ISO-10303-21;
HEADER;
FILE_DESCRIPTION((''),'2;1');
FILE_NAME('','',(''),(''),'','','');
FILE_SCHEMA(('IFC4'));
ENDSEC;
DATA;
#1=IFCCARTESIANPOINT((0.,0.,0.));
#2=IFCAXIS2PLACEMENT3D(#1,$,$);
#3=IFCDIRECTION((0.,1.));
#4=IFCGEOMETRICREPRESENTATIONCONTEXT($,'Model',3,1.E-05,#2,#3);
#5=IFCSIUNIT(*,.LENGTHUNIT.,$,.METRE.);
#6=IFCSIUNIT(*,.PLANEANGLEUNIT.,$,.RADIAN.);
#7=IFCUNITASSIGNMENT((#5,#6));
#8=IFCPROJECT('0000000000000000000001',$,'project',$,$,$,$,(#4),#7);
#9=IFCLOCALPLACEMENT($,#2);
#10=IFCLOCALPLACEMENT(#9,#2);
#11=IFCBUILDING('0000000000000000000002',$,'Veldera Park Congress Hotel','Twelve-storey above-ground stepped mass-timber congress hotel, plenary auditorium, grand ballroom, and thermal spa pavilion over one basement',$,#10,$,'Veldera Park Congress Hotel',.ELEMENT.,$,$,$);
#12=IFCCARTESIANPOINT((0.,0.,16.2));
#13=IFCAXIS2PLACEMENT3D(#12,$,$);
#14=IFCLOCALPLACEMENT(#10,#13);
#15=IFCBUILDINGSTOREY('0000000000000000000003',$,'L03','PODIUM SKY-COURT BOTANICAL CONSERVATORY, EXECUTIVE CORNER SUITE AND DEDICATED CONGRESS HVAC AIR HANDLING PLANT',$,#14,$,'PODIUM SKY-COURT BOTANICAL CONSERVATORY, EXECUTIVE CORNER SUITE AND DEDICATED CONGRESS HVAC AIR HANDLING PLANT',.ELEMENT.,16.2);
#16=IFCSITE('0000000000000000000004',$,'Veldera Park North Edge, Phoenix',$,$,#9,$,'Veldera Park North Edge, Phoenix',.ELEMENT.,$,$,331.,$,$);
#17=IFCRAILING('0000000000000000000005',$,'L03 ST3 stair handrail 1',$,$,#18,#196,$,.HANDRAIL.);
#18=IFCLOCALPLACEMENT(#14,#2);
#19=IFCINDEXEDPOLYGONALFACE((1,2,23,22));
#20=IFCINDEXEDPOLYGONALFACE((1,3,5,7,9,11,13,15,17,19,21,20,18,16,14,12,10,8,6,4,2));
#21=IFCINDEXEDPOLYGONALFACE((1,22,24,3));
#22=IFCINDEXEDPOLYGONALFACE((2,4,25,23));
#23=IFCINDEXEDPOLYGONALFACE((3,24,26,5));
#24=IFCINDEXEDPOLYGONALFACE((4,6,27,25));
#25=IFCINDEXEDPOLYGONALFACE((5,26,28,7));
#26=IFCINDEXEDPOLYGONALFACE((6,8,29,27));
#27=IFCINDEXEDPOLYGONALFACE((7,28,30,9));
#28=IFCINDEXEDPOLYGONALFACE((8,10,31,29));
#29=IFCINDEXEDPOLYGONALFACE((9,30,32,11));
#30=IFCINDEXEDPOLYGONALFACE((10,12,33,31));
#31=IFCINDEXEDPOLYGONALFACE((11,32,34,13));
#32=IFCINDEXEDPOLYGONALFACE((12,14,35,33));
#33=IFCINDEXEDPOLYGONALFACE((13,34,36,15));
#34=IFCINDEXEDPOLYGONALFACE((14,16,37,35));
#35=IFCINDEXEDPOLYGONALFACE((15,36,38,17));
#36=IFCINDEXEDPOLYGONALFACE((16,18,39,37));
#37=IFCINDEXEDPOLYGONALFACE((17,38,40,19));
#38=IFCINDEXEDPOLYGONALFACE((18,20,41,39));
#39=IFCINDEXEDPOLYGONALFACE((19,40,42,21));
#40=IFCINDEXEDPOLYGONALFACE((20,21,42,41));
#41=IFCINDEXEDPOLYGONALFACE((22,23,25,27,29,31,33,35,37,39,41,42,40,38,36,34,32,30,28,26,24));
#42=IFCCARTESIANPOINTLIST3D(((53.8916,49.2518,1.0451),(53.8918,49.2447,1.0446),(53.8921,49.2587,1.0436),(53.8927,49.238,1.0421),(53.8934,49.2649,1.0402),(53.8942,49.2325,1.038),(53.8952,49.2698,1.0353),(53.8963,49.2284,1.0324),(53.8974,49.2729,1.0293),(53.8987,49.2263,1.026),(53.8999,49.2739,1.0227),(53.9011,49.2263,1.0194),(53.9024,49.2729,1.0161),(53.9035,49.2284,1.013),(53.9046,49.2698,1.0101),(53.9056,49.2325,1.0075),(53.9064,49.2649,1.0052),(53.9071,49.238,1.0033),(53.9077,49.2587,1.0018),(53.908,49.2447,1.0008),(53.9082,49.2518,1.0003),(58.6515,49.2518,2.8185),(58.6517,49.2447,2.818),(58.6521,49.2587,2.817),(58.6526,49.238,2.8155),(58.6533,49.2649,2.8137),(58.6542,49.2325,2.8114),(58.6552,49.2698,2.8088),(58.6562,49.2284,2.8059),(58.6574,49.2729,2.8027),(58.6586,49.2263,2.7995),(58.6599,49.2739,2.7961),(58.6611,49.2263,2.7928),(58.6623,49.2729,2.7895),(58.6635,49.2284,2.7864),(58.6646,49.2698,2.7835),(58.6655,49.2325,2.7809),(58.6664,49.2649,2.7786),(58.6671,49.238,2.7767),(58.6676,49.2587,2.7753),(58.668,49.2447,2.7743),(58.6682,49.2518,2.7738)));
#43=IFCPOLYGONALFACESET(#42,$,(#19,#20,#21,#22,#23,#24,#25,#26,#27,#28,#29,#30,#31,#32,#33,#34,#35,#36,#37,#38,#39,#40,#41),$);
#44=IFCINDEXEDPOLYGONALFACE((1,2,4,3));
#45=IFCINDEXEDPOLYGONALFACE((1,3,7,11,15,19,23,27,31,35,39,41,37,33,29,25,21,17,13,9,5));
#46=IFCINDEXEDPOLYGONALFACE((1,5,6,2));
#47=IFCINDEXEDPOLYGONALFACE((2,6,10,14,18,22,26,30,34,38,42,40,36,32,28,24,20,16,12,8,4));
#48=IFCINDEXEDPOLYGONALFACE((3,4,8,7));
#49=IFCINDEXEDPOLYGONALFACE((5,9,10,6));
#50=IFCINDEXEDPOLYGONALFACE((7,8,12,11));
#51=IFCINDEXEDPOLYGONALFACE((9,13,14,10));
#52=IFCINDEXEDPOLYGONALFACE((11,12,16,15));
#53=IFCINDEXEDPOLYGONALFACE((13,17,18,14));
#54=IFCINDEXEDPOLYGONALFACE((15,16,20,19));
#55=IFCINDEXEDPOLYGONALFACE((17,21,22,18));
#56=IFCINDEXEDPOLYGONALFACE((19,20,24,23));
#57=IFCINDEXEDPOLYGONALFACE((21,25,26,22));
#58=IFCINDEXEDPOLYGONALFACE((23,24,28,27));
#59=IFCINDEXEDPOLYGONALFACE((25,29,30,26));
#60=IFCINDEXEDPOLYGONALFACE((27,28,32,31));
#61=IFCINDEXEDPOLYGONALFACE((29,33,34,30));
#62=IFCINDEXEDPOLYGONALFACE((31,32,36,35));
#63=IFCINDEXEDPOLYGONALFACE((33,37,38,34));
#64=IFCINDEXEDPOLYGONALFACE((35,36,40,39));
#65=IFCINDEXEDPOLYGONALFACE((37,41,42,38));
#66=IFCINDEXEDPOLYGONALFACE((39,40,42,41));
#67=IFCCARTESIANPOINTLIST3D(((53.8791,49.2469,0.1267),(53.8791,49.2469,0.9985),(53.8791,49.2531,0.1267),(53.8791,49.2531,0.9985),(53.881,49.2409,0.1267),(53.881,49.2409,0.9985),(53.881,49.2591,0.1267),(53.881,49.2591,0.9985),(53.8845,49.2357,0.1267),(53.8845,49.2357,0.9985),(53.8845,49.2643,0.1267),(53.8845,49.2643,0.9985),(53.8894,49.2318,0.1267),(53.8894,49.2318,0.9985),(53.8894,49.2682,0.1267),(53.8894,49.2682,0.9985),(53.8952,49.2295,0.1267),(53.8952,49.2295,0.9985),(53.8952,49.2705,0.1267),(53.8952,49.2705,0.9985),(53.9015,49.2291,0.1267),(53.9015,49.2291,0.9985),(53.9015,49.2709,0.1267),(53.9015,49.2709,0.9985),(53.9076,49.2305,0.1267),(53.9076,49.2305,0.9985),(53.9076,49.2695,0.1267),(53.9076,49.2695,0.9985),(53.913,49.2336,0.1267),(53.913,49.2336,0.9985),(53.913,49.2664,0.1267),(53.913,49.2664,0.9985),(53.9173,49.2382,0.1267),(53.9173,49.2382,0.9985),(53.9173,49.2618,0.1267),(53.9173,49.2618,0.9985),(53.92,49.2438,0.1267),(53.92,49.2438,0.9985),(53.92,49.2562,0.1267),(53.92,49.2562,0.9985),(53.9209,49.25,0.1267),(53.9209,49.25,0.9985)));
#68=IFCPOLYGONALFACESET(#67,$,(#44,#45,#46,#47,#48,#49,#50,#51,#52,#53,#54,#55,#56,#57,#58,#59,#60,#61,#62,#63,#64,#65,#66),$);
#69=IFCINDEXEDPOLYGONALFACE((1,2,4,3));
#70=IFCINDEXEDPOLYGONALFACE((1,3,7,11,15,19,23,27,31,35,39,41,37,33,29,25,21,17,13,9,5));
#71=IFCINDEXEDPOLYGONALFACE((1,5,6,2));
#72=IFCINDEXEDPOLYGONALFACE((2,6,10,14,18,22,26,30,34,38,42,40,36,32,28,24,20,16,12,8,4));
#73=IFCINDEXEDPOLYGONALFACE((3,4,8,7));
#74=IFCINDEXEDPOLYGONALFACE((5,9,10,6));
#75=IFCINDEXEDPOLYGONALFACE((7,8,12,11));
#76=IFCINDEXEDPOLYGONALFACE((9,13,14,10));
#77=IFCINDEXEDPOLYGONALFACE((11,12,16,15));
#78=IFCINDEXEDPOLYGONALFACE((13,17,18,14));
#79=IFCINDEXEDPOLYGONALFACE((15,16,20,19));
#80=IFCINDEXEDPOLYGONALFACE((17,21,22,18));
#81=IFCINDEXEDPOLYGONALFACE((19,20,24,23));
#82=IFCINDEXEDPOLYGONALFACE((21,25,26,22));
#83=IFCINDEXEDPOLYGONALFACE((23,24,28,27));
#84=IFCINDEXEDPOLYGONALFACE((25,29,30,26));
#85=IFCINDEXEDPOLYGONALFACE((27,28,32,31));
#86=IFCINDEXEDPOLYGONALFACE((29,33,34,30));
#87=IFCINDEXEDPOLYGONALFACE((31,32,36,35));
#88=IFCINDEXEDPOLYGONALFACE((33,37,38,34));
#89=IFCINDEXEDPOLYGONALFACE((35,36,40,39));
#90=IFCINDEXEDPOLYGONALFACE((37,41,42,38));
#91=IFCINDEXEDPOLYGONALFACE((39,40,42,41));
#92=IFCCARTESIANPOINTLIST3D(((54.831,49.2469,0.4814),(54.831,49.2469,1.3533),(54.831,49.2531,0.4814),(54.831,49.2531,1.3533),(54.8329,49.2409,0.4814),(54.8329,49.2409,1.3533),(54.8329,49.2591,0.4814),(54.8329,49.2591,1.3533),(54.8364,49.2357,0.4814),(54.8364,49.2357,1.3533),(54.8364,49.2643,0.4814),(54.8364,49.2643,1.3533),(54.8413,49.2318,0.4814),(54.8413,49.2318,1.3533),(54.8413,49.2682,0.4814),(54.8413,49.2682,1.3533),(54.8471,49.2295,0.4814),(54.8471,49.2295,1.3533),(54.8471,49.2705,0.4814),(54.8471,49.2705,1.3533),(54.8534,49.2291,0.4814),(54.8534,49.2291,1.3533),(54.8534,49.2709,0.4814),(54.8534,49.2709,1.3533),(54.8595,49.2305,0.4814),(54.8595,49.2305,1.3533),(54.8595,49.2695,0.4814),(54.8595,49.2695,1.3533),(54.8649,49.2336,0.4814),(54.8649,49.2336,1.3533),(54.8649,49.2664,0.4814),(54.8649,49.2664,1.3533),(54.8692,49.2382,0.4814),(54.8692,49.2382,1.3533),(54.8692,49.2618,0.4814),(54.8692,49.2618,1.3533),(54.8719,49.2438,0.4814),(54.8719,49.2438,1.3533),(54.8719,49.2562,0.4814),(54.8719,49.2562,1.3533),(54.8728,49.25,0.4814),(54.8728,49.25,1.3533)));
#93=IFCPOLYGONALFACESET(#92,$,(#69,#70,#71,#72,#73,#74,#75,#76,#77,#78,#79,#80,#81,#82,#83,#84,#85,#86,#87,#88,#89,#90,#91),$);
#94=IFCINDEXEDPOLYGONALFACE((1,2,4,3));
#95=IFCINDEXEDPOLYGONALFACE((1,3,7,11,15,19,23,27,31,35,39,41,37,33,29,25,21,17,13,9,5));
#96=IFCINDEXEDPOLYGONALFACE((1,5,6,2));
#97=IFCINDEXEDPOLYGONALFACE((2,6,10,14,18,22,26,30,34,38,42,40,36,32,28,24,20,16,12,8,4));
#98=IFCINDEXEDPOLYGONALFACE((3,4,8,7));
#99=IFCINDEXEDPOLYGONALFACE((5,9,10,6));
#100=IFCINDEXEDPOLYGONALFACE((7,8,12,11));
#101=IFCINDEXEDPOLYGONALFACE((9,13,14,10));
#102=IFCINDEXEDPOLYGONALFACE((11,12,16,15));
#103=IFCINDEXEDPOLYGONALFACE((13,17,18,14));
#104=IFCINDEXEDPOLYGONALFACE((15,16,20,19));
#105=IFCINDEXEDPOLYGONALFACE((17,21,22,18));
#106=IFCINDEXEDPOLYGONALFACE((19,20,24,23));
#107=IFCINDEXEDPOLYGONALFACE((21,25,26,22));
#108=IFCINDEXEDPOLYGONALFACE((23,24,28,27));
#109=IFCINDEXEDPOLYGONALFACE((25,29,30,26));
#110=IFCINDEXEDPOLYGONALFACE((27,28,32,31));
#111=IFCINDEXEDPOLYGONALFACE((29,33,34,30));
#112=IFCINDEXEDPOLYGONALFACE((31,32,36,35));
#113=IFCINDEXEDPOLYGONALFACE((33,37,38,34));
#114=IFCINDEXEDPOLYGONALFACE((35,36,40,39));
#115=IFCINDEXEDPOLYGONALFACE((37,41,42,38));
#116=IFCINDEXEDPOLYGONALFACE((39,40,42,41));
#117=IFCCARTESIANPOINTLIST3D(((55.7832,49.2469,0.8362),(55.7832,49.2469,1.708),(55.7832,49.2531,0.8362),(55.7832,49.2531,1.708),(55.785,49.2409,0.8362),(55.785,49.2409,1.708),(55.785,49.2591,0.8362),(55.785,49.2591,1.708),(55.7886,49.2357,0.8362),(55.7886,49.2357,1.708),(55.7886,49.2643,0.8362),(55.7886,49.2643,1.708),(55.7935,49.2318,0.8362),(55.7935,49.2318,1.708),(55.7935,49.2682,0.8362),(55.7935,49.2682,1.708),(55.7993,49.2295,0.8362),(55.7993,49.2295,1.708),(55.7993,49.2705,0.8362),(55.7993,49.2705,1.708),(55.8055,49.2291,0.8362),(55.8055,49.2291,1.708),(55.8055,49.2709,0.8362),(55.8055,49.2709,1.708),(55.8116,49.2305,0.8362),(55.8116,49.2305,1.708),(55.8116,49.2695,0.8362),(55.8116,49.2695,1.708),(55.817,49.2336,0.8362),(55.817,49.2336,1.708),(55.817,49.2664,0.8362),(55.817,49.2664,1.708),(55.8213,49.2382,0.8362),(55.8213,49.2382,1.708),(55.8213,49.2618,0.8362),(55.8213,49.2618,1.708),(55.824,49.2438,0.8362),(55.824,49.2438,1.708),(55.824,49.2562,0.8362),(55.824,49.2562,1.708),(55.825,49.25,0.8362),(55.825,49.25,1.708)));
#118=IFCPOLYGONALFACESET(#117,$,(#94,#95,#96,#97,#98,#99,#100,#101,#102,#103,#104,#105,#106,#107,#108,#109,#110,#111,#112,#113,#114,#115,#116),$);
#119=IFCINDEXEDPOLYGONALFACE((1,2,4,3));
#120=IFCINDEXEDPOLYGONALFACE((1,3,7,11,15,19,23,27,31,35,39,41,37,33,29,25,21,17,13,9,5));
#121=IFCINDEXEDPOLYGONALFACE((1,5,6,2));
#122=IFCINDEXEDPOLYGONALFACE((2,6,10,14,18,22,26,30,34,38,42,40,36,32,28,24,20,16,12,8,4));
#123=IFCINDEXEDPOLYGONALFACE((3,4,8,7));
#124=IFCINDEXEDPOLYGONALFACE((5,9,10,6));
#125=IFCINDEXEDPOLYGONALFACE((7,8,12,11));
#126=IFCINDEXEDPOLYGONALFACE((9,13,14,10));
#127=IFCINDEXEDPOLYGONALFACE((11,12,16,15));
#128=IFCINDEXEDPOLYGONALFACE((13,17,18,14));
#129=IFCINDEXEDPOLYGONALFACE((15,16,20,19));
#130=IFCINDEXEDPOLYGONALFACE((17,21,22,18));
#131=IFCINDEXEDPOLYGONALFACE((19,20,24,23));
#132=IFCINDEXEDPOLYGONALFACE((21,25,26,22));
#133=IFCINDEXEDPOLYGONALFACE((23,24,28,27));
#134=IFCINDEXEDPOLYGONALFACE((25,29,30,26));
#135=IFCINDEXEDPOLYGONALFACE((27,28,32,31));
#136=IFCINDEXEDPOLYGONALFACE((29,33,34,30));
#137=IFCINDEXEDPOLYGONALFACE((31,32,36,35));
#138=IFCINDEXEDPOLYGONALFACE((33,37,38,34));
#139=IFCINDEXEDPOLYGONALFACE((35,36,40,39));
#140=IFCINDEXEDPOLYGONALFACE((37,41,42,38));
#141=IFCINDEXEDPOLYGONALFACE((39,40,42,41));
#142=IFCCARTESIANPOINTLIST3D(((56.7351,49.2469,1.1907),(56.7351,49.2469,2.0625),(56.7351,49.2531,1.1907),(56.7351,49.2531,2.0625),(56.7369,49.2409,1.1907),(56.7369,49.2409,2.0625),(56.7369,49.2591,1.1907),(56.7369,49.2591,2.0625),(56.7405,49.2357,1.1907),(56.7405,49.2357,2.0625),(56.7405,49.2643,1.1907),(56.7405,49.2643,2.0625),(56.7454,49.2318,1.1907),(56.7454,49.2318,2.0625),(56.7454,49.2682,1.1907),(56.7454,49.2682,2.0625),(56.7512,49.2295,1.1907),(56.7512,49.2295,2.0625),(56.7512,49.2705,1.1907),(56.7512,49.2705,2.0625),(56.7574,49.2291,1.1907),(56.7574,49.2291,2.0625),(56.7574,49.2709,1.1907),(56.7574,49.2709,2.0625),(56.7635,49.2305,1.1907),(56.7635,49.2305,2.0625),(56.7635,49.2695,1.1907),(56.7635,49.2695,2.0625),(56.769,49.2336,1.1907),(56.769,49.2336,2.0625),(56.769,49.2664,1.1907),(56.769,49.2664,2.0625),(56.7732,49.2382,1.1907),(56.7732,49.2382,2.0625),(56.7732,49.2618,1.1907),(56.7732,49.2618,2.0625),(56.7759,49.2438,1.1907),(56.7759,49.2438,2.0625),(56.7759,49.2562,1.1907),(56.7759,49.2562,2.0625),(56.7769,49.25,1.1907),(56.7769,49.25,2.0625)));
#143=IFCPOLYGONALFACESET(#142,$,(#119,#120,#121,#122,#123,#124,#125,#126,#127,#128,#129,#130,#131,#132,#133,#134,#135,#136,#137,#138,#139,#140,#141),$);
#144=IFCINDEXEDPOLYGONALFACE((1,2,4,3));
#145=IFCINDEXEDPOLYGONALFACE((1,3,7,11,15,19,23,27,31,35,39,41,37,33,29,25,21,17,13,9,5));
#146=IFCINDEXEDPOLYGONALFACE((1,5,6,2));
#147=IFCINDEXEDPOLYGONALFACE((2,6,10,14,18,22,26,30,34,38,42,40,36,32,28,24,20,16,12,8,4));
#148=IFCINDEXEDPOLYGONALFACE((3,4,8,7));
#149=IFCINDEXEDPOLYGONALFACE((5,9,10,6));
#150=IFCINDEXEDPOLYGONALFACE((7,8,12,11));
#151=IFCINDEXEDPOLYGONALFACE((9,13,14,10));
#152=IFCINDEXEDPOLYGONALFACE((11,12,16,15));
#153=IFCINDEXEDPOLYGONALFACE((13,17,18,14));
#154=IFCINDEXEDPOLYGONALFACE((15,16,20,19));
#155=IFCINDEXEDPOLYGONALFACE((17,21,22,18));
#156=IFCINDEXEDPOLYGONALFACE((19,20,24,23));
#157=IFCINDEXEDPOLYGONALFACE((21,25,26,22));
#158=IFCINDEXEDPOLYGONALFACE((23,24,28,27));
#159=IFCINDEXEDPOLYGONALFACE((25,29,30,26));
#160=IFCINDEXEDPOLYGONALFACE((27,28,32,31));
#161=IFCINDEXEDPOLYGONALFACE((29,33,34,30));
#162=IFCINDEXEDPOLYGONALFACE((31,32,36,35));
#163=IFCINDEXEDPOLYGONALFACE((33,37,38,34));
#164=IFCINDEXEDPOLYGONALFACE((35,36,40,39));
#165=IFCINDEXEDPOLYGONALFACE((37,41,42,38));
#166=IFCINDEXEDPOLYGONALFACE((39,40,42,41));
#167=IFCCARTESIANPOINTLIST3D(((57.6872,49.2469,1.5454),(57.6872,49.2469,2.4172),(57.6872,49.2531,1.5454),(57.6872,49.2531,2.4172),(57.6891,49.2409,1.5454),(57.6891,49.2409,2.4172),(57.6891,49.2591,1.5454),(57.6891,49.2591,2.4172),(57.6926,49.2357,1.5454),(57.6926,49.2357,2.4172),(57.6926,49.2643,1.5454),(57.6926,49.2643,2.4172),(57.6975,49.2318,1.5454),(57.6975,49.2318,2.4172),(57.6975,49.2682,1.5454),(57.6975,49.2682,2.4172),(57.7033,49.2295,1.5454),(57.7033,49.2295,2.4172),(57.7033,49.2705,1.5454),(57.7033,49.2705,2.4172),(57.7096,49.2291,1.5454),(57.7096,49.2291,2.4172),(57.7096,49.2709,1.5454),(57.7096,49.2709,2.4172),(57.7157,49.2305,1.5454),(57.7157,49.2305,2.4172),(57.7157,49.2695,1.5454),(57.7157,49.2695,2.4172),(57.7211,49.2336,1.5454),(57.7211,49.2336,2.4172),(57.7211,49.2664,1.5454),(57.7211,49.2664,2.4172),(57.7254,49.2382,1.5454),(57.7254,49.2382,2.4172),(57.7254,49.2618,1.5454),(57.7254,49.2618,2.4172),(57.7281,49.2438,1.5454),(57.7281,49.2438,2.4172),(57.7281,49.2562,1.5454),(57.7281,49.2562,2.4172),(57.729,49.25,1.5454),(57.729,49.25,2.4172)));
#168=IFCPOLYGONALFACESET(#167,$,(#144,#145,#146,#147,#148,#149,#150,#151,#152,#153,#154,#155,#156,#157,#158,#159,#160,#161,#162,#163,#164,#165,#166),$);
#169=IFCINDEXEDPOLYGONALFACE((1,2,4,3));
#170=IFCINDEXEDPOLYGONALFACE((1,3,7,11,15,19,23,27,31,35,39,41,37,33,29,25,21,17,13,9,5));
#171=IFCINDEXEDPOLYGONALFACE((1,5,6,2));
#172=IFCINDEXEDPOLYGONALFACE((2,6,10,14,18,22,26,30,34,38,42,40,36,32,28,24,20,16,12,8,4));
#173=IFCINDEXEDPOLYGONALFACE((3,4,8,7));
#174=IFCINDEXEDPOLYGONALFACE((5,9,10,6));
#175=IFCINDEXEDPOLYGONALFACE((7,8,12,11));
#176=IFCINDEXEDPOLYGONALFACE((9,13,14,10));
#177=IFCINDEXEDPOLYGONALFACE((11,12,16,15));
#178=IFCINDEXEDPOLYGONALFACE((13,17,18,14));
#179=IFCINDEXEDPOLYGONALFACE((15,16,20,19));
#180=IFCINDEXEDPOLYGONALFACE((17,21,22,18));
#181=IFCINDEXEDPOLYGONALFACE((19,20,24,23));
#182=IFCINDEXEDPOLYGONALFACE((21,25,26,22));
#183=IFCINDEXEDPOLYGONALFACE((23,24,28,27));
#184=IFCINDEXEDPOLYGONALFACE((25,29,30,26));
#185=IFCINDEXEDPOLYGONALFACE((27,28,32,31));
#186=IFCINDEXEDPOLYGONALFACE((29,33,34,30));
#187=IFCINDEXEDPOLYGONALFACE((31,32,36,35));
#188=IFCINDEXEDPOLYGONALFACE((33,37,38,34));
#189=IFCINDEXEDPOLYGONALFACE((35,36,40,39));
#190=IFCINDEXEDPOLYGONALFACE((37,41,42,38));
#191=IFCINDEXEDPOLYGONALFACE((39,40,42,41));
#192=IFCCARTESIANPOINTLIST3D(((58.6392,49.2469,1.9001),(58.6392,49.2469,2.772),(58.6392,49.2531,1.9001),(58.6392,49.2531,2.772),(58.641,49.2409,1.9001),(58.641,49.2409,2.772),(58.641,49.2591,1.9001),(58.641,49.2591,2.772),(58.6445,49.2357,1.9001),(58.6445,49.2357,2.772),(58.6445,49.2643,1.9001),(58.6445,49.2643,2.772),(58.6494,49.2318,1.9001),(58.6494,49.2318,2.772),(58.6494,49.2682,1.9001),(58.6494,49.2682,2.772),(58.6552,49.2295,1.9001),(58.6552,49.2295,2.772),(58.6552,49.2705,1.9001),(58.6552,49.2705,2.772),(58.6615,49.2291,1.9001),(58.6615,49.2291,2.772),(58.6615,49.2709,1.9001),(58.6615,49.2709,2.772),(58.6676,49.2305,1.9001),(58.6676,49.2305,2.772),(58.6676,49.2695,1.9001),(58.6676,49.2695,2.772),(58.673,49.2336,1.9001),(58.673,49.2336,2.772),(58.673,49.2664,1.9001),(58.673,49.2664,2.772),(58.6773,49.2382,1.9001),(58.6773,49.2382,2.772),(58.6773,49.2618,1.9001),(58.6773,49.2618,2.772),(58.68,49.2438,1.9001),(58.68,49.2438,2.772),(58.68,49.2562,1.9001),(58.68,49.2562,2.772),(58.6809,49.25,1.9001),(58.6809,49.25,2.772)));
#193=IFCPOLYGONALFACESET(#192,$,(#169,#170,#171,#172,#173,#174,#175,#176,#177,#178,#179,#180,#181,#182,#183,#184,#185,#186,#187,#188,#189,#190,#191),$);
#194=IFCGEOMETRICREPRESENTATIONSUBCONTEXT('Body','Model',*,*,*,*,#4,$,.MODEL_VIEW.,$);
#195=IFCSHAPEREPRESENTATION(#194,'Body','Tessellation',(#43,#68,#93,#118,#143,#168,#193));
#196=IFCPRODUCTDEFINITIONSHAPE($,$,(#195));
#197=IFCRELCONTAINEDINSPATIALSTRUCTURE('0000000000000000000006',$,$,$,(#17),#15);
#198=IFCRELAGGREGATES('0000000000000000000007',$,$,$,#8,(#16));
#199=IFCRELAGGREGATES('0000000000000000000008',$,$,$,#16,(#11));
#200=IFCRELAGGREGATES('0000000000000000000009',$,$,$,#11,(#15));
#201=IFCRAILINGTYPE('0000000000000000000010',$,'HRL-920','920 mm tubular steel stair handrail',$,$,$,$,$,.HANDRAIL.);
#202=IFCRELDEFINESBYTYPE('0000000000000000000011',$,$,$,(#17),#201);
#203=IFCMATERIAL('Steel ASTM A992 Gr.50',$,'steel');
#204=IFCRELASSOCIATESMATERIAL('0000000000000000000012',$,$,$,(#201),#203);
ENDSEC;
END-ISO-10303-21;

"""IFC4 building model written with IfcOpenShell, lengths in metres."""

from ifc_helpers import new_model, si_unit, direction, frame, origin, origin_2d, place, context, subcontext, project, spatial, circle, extrude, material, type_object, element, save


model = new_model("IFC4")

# Units and contexts
model_context = context("Model", 3, precision=1e-05, world=origin(), true_north=direction((0.0, 1.0)))
body_context = subcontext(model_context, "Body", "Model", "MODEL_VIEW")
ifc_project = project(units=[si_unit("LENGTHUNIT", "METRE"), si_unit("PLANEANGLEUNIT", "RADIAN")], contexts=[model_context])

# Site, building, storey
site_placement = place(None, origin())
site = spatial("IfcSite", under=ifc_project, at=site_placement, Name="Veldera Park North Edge, Phoenix", LongName="Veldera Park North Edge, Phoenix", CompositionType="ELEMENT", RefElevation=331.0)
building_placement = place(site_placement, origin())
building = spatial("IfcBuilding", under=site, at=building_placement, Name="Veldera Park Congress Hotel", Description="Twelve-storey above-ground stepped mass-timber congress hotel, plenary auditorium, grand ballroom, and thermal spa pavilion over one basement", LongName="Veldera Park Congress Hotel", CompositionType="ELEMENT")
storey_placement = place(building_placement, frame((0.0, 0.0, 16.2)))
storey = spatial("IfcBuildingStorey", under=building, at=storey_placement, Name="L03", Description="PODIUM SKY-COURT BOTANICAL CONSERVATORY, EXECUTIVE CORNER SUITE AND DEDICATED CONGRESS HVAC AIR HANDLING PLANT", LongName="PODIUM SKY-COURT BOTANICAL CONSERVATORY, EXECUTIVE CORNER SUITE AND DEDICATED CONGRESS HVAC AIR HANDLING PLANT", CompositionType="ELEMENT", Elevation=16.2)

# Railing
ifc_material_1 = material(Name="Steel ASTM A992 Gr.50", Category="steel")
railing_type_1 = type_object("IfcRailingType", Name="HRL-920", Description="920 mm tubular steel stair handrail", PredefinedType="HANDRAIL", material=ifc_material_1)
railing_1_placement = place(storey_placement, frame((53.8999, 49.25, 0.1267)))
element("IfcRailing", 1, at=railing_1_placement, inside=storey, type_object=railing_type_1, Name="L03 ST3 stair handrail 1", PredefinedType="HANDRAIL", context=body_context, shape_type="SweptSolid", body=[
    extrude(circle(Radius=0.0239, at=origin_2d()), frame((0.0, 0.0, 0.896), z_axis=(0.937076, 0.0, 0.349126), x_axis=(0.0, 1.0, 0.0)), (0.0, 0.0, 1.0), 5.0796),
    extrude(circle(Radius=0.021, at=origin_2d()), origin(), (0.0, 0.0, 1.0), 0.8718),
    extrude(circle(Radius=0.021, at=origin_2d()), frame((0.9519, 0.0, 0.3547)), (0.0, 0.0, 1.0), 0.8718),
    extrude(circle(Radius=0.021, at=origin_2d()), frame((1.9041, 0.0, 0.7095)), (0.0, 0.0, 1.0), 0.8718),
    extrude(circle(Radius=0.021, at=origin_2d()), frame((2.856, 0.0, 1.064)), (0.0, 0.0, 1.0), 0.8718),
    extrude(circle(Radius=0.021, at=origin_2d()), frame((3.8081, 0.0, 1.4187)), (0.0, 0.0, 1.0), 0.8718),
    extrude(circle(Radius=0.021, at=origin_2d()), frame((4.76, 0.0, 1.7734)), (0.0, 0.0, 1.0), 0.8718),
])

save(model, "model.ifc")
